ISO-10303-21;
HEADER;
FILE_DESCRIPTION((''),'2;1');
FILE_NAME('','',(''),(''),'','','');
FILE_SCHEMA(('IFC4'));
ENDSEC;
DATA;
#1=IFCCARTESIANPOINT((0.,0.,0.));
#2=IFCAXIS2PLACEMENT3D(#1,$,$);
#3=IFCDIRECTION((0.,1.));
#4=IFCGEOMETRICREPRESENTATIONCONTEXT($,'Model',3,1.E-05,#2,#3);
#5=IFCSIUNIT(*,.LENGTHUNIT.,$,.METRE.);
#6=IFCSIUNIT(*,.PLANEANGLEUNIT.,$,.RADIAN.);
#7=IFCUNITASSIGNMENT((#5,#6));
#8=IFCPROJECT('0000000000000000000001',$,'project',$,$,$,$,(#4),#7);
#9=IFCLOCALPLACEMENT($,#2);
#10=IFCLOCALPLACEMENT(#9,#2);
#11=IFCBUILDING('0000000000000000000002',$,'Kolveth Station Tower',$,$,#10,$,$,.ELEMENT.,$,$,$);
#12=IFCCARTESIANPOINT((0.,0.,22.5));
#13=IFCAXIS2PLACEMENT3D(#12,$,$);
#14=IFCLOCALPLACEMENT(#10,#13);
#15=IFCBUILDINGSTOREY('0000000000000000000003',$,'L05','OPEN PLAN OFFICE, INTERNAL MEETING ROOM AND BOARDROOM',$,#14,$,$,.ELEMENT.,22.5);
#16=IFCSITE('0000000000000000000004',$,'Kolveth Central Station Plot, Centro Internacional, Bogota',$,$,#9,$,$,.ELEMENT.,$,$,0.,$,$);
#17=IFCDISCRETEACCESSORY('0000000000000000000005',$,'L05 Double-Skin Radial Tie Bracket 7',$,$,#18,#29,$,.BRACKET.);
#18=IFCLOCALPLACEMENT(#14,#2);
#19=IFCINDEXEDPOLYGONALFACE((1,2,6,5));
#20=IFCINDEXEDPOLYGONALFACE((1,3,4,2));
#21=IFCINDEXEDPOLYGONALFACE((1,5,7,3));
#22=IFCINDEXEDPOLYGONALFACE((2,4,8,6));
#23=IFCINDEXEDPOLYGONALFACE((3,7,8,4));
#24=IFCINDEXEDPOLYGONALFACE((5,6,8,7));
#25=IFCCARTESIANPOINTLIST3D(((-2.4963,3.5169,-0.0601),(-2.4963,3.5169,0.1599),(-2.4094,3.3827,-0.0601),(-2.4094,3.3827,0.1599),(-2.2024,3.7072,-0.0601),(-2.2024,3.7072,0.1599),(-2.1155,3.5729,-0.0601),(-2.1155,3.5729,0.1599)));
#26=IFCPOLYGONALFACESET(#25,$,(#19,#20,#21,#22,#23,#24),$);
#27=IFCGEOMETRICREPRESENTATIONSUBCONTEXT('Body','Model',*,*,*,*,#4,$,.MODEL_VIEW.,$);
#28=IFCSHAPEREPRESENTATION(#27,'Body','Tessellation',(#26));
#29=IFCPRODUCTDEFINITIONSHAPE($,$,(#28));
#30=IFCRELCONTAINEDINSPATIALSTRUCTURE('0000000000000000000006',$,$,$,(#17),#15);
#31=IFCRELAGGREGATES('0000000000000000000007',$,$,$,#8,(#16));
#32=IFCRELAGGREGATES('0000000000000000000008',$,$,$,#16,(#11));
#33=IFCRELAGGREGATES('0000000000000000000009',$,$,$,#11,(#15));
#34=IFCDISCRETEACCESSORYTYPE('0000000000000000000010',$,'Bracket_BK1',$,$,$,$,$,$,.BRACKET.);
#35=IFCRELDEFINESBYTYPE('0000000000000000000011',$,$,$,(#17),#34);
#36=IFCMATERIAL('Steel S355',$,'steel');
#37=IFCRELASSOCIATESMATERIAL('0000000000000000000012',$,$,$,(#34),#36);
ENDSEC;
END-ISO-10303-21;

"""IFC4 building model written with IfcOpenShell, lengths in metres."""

from ifc_helpers import new_model, si_unit, direction, frame, origin, origin_2d, place, context, subcontext, project, spatial, rectangle, extrude, source, transform, mapped, material, type_object, element, save


model = new_model("IFC4")

# Units and contexts
model_context = context("Model", 3, precision=1e-05, world=origin(), true_north=direction((0.0, 1.0)))
body_context = subcontext(model_context, "Body", "Model", "MODEL_VIEW")
ifc_project = project(units=[si_unit("LENGTHUNIT", "METRE"), si_unit("PLANEANGLEUNIT", "RADIAN")], contexts=[model_context])

# Site, building, storey
site_placement = place(None, origin())
site = spatial("IfcSite", under=ifc_project, at=site_placement, Name="Kolveth Central Station Plot, Centro Internacional, Bogota", CompositionType="ELEMENT", RefElevation=0.0)
building_placement = place(site_placement, origin())
building = spatial("IfcBuilding", under=site, at=building_placement, Name="Kolveth Station Tower", CompositionType="ELEMENT")
storey_placement = place(building_placement, frame((0.0, 0.0, 22.5)))
storey = spatial("IfcBuildingStorey", under=building, at=storey_placement, Name="L05", Description="OPEN PLAN OFFICE, INTERNAL MEETING ROOM AND BOARDROOM", CompositionType="ELEMENT", Elevation=22.5)

# Shared definitions
ifc_material_1 = material(Name="Steel S355", Category="steel")

# Discrete accessory
discrete_accessory_type = type_object("IfcDiscreteAccessoryType", Name="Bracket_BK1", PredefinedType="BRACKET", material=ifc_material_1)
shared_shape_1 = source(origin(), body_context, "Body", "SweptSolid", [
    extrude(rectangle(XDim=0.3501, YDim=0.1599, at=origin_2d()), origin(), (0.0, 0.0, 1.0), 0.22),
])
discrete_accessory_placement = place(storey_placement, frame((-2.3059, 3.5449, -0.0601), z_axis=(0.0, 0.0, 1.0), x_axis=(-0.83943, -0.543467, 0.0)))
element("IfcDiscreteAccessory", 1, at=discrete_accessory_placement, inside=storey, type_object=discrete_accessory_type, Name="L05 Double-Skin Radial Tie Bracket 7", PredefinedType="BRACKET", context=body_context, shape_type="MappedRepresentation", body=[
    mapped(shared_shape_1, transform((0.0, 0.0, 0.0), x_axis=(1.0, 0.0, 0.0), y_axis=(0.0, 1.0, 0.0), z_axis=(0.0, 0.0, 1.0), scale=1.0)),
])

save(model, "model.ifc")
